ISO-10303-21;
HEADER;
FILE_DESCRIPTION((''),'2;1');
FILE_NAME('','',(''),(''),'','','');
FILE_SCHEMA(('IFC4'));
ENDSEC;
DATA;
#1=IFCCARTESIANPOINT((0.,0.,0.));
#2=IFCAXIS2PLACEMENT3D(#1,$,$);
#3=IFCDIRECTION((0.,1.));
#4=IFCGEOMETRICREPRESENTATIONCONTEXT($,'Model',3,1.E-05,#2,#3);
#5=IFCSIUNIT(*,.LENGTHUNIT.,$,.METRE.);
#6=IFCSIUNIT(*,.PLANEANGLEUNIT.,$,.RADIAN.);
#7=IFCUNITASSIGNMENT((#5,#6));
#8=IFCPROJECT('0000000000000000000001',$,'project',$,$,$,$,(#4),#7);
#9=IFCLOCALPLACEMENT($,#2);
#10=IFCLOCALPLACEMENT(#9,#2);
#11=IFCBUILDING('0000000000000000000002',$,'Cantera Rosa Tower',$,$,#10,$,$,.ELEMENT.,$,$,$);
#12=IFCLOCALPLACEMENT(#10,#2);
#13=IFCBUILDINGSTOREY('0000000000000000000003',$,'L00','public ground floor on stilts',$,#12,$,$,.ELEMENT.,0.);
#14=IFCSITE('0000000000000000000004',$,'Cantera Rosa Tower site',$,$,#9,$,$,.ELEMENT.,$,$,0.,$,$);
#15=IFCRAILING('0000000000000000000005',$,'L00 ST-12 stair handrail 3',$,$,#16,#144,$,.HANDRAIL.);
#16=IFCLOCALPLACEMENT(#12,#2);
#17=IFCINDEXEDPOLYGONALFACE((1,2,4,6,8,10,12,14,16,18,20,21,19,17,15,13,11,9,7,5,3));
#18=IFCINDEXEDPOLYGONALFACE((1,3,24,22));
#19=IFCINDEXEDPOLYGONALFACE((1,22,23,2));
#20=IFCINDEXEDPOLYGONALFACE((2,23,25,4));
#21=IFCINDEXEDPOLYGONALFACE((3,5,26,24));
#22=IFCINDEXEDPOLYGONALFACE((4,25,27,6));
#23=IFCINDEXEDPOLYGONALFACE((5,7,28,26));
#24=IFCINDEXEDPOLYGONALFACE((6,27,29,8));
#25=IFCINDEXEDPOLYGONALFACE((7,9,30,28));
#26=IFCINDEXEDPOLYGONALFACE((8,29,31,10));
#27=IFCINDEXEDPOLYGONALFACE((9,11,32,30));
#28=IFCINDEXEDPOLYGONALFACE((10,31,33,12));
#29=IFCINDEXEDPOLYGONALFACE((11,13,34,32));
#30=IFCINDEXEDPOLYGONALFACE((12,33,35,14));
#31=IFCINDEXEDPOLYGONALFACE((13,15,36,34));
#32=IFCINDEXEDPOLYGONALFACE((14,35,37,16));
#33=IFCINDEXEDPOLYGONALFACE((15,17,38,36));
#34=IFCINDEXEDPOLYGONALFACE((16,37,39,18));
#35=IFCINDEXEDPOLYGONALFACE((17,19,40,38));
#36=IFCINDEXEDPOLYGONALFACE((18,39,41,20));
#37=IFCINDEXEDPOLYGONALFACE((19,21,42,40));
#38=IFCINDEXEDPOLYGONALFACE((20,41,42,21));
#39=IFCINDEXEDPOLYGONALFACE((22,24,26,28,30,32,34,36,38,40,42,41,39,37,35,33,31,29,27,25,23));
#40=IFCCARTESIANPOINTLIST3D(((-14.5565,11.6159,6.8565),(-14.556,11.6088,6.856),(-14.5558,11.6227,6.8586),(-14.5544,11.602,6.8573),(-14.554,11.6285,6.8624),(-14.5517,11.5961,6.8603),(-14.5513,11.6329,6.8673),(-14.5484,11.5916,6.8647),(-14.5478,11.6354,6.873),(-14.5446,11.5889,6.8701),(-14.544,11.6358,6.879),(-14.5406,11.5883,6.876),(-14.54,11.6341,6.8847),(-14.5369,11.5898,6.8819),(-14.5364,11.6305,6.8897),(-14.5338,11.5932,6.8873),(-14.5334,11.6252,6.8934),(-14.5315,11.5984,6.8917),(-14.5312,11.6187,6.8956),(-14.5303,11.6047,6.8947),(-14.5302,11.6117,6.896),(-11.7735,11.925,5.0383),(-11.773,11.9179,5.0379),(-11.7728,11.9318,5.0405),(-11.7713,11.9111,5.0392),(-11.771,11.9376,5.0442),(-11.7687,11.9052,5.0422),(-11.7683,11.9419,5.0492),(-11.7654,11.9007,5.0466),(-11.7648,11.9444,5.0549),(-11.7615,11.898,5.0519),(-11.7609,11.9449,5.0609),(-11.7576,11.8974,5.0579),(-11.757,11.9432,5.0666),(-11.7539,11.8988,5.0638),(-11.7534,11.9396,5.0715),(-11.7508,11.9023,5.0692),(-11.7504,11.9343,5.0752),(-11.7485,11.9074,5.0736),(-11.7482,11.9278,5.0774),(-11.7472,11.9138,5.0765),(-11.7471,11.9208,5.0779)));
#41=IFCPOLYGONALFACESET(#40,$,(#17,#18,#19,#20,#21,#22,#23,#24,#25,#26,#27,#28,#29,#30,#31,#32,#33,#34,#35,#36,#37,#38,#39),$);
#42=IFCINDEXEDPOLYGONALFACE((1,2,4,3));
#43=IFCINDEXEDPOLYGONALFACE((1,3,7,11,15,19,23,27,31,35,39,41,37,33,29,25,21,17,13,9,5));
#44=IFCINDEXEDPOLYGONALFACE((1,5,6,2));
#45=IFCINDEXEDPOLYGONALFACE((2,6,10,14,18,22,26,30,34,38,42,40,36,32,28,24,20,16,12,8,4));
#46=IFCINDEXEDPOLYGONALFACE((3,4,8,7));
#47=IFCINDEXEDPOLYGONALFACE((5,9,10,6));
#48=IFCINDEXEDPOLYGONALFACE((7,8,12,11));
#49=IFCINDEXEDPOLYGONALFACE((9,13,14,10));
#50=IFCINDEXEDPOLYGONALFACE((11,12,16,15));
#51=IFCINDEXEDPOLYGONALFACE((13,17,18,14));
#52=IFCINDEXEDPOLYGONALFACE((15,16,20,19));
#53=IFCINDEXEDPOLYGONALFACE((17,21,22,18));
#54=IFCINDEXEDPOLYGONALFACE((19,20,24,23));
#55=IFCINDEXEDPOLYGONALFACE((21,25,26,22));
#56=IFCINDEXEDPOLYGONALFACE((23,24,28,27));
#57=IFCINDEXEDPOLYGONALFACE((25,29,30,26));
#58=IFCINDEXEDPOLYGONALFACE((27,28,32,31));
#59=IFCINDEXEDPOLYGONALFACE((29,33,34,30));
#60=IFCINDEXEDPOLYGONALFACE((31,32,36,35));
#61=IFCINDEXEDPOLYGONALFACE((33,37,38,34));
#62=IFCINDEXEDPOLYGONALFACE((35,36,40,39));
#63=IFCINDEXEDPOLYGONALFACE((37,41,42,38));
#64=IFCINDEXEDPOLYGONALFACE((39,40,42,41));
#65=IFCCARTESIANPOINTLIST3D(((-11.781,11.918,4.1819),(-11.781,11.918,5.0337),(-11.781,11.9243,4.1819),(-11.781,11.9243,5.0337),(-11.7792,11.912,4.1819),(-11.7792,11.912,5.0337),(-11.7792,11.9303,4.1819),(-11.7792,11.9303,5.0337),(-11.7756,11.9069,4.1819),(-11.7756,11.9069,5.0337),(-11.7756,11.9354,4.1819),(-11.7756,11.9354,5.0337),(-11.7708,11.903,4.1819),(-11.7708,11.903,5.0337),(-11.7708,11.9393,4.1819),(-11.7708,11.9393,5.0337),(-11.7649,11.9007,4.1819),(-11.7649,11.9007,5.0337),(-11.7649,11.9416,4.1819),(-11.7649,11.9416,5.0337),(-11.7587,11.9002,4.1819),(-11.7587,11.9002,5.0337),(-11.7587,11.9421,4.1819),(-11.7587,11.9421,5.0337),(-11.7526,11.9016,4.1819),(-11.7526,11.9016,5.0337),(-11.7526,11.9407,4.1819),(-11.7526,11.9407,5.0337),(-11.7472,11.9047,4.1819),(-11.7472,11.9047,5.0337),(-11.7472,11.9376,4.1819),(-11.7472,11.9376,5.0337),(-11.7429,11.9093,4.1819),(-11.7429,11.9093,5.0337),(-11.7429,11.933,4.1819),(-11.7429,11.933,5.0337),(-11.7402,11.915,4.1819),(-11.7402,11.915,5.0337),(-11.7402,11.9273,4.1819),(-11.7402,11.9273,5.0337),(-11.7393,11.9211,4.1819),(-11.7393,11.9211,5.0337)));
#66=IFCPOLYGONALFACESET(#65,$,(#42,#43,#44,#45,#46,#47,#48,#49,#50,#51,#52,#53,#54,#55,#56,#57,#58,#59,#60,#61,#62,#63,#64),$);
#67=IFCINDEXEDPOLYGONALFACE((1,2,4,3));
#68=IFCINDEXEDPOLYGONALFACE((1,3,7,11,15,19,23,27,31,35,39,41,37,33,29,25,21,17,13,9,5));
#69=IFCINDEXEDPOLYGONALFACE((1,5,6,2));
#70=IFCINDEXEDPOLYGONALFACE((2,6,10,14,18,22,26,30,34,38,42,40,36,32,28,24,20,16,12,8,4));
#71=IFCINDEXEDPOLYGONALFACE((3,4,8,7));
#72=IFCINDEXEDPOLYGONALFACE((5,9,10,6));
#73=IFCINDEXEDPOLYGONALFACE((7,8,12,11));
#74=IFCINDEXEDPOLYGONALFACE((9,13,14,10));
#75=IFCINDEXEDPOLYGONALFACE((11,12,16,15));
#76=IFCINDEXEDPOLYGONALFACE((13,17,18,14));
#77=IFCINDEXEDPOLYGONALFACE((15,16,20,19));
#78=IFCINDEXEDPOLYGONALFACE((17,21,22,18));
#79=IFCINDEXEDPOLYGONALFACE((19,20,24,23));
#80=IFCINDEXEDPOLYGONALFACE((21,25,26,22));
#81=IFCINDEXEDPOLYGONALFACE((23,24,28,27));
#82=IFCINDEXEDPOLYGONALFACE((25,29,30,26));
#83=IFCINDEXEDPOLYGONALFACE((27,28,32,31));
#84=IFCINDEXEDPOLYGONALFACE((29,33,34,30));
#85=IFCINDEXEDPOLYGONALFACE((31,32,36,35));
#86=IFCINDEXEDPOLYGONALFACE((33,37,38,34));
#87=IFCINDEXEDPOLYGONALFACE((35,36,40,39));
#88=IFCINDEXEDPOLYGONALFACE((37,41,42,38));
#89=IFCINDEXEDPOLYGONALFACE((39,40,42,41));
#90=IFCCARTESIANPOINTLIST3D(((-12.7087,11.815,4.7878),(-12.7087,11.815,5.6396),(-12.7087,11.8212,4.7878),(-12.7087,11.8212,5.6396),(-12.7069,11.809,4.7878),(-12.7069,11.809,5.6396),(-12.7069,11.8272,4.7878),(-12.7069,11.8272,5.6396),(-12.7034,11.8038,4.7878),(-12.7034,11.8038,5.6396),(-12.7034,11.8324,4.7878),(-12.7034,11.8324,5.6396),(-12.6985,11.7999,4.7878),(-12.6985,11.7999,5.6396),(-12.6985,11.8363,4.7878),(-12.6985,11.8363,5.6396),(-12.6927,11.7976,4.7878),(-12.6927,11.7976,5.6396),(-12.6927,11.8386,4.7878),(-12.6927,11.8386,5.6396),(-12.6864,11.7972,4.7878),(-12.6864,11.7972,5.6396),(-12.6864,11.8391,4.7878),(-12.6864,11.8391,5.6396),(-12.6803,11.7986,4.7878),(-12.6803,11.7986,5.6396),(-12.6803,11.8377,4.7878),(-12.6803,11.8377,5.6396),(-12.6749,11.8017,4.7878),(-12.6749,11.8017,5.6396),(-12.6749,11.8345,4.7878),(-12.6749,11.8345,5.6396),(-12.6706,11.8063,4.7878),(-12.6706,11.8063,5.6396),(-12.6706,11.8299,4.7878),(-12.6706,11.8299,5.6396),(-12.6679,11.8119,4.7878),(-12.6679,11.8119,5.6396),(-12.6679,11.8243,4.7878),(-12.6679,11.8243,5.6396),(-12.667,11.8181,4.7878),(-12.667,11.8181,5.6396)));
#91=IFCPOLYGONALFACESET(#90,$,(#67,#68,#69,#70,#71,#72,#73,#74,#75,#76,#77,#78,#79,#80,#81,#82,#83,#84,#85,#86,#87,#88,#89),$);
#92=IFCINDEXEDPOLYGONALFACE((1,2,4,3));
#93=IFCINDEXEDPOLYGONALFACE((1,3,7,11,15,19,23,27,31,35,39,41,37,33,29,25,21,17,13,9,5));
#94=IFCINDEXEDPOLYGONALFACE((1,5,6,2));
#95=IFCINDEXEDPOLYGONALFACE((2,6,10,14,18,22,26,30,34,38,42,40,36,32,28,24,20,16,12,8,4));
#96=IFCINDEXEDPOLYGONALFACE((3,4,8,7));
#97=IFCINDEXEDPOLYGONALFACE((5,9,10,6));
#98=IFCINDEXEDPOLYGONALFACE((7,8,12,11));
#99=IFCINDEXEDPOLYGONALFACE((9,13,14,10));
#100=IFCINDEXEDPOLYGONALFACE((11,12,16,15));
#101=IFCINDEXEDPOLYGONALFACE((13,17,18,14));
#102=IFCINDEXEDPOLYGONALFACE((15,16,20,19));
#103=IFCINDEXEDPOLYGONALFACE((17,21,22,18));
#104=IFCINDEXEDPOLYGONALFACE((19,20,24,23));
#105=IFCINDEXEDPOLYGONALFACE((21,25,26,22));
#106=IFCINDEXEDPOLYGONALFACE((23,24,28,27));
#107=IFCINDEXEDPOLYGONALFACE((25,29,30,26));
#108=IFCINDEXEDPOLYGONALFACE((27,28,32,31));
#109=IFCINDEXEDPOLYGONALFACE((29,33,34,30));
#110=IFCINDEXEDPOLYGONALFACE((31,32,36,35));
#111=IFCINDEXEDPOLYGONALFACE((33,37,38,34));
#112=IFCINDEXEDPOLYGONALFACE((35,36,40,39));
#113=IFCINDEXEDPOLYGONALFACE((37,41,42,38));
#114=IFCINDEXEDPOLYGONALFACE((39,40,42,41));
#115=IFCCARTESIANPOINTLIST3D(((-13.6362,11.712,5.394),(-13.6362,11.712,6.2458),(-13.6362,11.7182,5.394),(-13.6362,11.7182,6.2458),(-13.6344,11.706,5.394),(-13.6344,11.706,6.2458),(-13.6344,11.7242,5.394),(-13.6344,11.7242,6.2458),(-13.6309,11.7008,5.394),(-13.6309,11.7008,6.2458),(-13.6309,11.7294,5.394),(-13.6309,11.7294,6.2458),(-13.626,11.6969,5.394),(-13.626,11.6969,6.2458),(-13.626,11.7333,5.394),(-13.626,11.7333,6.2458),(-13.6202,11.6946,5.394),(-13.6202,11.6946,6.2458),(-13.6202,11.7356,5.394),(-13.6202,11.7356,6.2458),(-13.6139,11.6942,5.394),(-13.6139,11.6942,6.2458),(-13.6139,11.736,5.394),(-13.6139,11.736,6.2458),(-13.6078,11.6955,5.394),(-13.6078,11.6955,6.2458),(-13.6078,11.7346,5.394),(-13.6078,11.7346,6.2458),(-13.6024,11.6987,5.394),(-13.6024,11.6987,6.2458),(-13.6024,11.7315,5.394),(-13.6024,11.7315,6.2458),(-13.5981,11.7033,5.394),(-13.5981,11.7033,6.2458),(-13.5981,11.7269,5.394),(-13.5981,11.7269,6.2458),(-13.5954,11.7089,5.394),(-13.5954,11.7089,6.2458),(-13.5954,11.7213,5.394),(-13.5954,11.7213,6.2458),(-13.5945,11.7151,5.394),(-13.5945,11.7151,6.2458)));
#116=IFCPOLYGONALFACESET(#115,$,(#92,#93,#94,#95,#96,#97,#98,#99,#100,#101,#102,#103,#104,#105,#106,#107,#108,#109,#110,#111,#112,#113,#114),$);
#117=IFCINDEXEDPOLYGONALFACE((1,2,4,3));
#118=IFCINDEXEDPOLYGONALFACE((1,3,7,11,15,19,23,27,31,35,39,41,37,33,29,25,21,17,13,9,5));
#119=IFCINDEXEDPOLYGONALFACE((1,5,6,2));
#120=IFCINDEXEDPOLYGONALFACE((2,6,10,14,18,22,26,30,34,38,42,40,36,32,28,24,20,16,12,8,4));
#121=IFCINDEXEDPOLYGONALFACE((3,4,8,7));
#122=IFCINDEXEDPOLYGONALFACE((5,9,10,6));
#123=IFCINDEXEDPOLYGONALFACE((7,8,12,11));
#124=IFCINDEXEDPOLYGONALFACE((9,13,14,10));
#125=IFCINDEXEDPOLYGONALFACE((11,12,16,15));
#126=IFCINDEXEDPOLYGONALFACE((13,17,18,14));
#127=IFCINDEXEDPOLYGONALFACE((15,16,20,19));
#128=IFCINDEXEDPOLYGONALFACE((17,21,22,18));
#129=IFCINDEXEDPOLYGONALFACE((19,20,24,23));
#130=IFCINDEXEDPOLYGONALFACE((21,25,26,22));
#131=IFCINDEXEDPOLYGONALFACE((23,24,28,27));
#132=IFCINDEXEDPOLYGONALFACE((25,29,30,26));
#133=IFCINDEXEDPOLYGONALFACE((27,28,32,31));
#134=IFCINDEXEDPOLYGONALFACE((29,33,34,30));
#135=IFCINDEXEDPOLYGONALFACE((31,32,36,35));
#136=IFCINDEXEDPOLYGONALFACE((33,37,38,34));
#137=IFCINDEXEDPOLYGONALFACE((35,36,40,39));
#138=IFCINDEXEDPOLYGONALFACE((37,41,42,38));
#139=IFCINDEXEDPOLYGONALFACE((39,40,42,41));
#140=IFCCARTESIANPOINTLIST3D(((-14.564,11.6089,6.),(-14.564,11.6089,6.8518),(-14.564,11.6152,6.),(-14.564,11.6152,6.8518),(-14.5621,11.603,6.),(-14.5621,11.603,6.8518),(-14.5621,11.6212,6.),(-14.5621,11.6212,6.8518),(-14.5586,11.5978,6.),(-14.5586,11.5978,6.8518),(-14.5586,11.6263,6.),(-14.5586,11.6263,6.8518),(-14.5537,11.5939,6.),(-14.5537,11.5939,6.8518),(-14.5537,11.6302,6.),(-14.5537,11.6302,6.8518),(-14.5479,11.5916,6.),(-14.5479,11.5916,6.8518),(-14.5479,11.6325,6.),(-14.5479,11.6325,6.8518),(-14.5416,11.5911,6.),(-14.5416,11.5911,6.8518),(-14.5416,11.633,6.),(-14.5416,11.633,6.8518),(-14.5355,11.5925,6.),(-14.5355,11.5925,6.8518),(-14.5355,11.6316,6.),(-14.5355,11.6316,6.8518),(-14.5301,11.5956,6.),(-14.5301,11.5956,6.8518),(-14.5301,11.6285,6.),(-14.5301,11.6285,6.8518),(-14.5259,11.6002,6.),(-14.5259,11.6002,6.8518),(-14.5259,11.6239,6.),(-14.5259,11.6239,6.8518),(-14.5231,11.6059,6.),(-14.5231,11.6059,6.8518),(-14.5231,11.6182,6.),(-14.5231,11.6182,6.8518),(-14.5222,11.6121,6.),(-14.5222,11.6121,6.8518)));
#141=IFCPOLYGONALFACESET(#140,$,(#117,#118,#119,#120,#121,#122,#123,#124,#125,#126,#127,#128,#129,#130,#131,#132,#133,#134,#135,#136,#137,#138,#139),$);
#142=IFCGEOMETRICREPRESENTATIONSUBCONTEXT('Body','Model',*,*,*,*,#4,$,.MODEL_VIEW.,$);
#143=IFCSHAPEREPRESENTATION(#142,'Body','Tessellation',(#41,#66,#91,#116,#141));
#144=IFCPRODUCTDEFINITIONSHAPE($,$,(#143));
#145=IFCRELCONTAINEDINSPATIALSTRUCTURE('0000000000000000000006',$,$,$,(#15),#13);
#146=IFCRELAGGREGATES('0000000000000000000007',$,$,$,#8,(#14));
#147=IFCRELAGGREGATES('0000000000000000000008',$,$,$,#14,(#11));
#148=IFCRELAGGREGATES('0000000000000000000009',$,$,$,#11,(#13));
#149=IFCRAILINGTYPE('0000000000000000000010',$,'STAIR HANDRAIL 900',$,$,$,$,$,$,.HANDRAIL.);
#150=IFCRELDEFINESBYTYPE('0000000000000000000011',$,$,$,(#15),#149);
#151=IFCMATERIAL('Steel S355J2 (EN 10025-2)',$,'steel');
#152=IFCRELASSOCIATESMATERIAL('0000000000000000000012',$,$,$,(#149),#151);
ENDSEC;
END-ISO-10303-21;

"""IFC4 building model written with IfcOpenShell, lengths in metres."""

from ifc_helpers import new_model, si_unit, direction, frame, origin, origin_2d, place, context, subcontext, project, spatial, circle, extrude, material, type_object, element, save


model = new_model("IFC4")

# Units and contexts
model_context = context("Model", 3, precision=1e-05, world=origin(), true_north=direction((0.0, 1.0)))
body_context = subcontext(model_context, "Body", "Model", "MODEL_VIEW")
ifc_project = project(units=[si_unit("LENGTHUNIT", "METRE"), si_unit("PLANEANGLEUNIT", "RADIAN")], contexts=[model_context])

# Site, building, storey
site_placement = place(None, origin())
site = spatial("IfcSite", under=ifc_project, at=site_placement, Name="Cantera Rosa Tower site", CompositionType="ELEMENT", RefElevation=0.0)
building_placement = place(site_placement, origin())
building = spatial("IfcBuilding", under=site, at=building_placement, Name="Cantera Rosa Tower", CompositionType="ELEMENT")
storey_placement = place(building_placement, origin())
storey = spatial("IfcBuildingStorey", under=building, at=storey_placement, Name="L00", Description="public ground floor on stilts", CompositionType="ELEMENT", Elevation=0.0)

# Railing
ifc_material_1 = material(Name="Steel S355J2 (EN 10025-2)", Category="steel")
railing_type_1 = type_object("IfcRailingType", Name="STAIR HANDRAIL 900", PredefinedType="HANDRAIL", material=ifc_material_1)
railing_1_placement = place(storey_placement, frame((-11.7603, 11.9211, 4.1819)))
element("IfcRailing", 1, at=railing_1_placement, inside=storey, type_object=railing_type_1, Name="L00 ST-12 stair handrail 3", PredefinedType="HANDRAIL", context=body_context, shape_type="SweptSolid", body=[
    extrude(circle(Radius=0.0239, at=origin_2d()), frame((0.0, 0.0, 0.876), z_axis=(-0.833582, -0.09258, 0.544582), x_axis=(0.110384, -0.993889, 0.0)), (0.0, 0.0, 1.0), 3.3386),
    extrude(circle(Radius=0.021, at=origin_2d()), origin(), (0.0, 0.0, 1.0), 0.8518),
    extrude(circle(Radius=0.021, at=origin_2d()), frame((-0.9277, -0.103, 0.606)), (0.0, 0.0, 1.0), 0.8518),
    extrude(circle(Radius=0.021, at=origin_2d()), frame((-1.8552, -0.2061, 1.2122)), (0.0, 0.0, 1.0), 0.8518),
    extrude(circle(Radius=0.021, at=origin_2d()), frame((-2.783, -0.3091, 1.8181)), (0.0, 0.0, 1.0), 0.8518),
])

save(model, "model.ifc")
